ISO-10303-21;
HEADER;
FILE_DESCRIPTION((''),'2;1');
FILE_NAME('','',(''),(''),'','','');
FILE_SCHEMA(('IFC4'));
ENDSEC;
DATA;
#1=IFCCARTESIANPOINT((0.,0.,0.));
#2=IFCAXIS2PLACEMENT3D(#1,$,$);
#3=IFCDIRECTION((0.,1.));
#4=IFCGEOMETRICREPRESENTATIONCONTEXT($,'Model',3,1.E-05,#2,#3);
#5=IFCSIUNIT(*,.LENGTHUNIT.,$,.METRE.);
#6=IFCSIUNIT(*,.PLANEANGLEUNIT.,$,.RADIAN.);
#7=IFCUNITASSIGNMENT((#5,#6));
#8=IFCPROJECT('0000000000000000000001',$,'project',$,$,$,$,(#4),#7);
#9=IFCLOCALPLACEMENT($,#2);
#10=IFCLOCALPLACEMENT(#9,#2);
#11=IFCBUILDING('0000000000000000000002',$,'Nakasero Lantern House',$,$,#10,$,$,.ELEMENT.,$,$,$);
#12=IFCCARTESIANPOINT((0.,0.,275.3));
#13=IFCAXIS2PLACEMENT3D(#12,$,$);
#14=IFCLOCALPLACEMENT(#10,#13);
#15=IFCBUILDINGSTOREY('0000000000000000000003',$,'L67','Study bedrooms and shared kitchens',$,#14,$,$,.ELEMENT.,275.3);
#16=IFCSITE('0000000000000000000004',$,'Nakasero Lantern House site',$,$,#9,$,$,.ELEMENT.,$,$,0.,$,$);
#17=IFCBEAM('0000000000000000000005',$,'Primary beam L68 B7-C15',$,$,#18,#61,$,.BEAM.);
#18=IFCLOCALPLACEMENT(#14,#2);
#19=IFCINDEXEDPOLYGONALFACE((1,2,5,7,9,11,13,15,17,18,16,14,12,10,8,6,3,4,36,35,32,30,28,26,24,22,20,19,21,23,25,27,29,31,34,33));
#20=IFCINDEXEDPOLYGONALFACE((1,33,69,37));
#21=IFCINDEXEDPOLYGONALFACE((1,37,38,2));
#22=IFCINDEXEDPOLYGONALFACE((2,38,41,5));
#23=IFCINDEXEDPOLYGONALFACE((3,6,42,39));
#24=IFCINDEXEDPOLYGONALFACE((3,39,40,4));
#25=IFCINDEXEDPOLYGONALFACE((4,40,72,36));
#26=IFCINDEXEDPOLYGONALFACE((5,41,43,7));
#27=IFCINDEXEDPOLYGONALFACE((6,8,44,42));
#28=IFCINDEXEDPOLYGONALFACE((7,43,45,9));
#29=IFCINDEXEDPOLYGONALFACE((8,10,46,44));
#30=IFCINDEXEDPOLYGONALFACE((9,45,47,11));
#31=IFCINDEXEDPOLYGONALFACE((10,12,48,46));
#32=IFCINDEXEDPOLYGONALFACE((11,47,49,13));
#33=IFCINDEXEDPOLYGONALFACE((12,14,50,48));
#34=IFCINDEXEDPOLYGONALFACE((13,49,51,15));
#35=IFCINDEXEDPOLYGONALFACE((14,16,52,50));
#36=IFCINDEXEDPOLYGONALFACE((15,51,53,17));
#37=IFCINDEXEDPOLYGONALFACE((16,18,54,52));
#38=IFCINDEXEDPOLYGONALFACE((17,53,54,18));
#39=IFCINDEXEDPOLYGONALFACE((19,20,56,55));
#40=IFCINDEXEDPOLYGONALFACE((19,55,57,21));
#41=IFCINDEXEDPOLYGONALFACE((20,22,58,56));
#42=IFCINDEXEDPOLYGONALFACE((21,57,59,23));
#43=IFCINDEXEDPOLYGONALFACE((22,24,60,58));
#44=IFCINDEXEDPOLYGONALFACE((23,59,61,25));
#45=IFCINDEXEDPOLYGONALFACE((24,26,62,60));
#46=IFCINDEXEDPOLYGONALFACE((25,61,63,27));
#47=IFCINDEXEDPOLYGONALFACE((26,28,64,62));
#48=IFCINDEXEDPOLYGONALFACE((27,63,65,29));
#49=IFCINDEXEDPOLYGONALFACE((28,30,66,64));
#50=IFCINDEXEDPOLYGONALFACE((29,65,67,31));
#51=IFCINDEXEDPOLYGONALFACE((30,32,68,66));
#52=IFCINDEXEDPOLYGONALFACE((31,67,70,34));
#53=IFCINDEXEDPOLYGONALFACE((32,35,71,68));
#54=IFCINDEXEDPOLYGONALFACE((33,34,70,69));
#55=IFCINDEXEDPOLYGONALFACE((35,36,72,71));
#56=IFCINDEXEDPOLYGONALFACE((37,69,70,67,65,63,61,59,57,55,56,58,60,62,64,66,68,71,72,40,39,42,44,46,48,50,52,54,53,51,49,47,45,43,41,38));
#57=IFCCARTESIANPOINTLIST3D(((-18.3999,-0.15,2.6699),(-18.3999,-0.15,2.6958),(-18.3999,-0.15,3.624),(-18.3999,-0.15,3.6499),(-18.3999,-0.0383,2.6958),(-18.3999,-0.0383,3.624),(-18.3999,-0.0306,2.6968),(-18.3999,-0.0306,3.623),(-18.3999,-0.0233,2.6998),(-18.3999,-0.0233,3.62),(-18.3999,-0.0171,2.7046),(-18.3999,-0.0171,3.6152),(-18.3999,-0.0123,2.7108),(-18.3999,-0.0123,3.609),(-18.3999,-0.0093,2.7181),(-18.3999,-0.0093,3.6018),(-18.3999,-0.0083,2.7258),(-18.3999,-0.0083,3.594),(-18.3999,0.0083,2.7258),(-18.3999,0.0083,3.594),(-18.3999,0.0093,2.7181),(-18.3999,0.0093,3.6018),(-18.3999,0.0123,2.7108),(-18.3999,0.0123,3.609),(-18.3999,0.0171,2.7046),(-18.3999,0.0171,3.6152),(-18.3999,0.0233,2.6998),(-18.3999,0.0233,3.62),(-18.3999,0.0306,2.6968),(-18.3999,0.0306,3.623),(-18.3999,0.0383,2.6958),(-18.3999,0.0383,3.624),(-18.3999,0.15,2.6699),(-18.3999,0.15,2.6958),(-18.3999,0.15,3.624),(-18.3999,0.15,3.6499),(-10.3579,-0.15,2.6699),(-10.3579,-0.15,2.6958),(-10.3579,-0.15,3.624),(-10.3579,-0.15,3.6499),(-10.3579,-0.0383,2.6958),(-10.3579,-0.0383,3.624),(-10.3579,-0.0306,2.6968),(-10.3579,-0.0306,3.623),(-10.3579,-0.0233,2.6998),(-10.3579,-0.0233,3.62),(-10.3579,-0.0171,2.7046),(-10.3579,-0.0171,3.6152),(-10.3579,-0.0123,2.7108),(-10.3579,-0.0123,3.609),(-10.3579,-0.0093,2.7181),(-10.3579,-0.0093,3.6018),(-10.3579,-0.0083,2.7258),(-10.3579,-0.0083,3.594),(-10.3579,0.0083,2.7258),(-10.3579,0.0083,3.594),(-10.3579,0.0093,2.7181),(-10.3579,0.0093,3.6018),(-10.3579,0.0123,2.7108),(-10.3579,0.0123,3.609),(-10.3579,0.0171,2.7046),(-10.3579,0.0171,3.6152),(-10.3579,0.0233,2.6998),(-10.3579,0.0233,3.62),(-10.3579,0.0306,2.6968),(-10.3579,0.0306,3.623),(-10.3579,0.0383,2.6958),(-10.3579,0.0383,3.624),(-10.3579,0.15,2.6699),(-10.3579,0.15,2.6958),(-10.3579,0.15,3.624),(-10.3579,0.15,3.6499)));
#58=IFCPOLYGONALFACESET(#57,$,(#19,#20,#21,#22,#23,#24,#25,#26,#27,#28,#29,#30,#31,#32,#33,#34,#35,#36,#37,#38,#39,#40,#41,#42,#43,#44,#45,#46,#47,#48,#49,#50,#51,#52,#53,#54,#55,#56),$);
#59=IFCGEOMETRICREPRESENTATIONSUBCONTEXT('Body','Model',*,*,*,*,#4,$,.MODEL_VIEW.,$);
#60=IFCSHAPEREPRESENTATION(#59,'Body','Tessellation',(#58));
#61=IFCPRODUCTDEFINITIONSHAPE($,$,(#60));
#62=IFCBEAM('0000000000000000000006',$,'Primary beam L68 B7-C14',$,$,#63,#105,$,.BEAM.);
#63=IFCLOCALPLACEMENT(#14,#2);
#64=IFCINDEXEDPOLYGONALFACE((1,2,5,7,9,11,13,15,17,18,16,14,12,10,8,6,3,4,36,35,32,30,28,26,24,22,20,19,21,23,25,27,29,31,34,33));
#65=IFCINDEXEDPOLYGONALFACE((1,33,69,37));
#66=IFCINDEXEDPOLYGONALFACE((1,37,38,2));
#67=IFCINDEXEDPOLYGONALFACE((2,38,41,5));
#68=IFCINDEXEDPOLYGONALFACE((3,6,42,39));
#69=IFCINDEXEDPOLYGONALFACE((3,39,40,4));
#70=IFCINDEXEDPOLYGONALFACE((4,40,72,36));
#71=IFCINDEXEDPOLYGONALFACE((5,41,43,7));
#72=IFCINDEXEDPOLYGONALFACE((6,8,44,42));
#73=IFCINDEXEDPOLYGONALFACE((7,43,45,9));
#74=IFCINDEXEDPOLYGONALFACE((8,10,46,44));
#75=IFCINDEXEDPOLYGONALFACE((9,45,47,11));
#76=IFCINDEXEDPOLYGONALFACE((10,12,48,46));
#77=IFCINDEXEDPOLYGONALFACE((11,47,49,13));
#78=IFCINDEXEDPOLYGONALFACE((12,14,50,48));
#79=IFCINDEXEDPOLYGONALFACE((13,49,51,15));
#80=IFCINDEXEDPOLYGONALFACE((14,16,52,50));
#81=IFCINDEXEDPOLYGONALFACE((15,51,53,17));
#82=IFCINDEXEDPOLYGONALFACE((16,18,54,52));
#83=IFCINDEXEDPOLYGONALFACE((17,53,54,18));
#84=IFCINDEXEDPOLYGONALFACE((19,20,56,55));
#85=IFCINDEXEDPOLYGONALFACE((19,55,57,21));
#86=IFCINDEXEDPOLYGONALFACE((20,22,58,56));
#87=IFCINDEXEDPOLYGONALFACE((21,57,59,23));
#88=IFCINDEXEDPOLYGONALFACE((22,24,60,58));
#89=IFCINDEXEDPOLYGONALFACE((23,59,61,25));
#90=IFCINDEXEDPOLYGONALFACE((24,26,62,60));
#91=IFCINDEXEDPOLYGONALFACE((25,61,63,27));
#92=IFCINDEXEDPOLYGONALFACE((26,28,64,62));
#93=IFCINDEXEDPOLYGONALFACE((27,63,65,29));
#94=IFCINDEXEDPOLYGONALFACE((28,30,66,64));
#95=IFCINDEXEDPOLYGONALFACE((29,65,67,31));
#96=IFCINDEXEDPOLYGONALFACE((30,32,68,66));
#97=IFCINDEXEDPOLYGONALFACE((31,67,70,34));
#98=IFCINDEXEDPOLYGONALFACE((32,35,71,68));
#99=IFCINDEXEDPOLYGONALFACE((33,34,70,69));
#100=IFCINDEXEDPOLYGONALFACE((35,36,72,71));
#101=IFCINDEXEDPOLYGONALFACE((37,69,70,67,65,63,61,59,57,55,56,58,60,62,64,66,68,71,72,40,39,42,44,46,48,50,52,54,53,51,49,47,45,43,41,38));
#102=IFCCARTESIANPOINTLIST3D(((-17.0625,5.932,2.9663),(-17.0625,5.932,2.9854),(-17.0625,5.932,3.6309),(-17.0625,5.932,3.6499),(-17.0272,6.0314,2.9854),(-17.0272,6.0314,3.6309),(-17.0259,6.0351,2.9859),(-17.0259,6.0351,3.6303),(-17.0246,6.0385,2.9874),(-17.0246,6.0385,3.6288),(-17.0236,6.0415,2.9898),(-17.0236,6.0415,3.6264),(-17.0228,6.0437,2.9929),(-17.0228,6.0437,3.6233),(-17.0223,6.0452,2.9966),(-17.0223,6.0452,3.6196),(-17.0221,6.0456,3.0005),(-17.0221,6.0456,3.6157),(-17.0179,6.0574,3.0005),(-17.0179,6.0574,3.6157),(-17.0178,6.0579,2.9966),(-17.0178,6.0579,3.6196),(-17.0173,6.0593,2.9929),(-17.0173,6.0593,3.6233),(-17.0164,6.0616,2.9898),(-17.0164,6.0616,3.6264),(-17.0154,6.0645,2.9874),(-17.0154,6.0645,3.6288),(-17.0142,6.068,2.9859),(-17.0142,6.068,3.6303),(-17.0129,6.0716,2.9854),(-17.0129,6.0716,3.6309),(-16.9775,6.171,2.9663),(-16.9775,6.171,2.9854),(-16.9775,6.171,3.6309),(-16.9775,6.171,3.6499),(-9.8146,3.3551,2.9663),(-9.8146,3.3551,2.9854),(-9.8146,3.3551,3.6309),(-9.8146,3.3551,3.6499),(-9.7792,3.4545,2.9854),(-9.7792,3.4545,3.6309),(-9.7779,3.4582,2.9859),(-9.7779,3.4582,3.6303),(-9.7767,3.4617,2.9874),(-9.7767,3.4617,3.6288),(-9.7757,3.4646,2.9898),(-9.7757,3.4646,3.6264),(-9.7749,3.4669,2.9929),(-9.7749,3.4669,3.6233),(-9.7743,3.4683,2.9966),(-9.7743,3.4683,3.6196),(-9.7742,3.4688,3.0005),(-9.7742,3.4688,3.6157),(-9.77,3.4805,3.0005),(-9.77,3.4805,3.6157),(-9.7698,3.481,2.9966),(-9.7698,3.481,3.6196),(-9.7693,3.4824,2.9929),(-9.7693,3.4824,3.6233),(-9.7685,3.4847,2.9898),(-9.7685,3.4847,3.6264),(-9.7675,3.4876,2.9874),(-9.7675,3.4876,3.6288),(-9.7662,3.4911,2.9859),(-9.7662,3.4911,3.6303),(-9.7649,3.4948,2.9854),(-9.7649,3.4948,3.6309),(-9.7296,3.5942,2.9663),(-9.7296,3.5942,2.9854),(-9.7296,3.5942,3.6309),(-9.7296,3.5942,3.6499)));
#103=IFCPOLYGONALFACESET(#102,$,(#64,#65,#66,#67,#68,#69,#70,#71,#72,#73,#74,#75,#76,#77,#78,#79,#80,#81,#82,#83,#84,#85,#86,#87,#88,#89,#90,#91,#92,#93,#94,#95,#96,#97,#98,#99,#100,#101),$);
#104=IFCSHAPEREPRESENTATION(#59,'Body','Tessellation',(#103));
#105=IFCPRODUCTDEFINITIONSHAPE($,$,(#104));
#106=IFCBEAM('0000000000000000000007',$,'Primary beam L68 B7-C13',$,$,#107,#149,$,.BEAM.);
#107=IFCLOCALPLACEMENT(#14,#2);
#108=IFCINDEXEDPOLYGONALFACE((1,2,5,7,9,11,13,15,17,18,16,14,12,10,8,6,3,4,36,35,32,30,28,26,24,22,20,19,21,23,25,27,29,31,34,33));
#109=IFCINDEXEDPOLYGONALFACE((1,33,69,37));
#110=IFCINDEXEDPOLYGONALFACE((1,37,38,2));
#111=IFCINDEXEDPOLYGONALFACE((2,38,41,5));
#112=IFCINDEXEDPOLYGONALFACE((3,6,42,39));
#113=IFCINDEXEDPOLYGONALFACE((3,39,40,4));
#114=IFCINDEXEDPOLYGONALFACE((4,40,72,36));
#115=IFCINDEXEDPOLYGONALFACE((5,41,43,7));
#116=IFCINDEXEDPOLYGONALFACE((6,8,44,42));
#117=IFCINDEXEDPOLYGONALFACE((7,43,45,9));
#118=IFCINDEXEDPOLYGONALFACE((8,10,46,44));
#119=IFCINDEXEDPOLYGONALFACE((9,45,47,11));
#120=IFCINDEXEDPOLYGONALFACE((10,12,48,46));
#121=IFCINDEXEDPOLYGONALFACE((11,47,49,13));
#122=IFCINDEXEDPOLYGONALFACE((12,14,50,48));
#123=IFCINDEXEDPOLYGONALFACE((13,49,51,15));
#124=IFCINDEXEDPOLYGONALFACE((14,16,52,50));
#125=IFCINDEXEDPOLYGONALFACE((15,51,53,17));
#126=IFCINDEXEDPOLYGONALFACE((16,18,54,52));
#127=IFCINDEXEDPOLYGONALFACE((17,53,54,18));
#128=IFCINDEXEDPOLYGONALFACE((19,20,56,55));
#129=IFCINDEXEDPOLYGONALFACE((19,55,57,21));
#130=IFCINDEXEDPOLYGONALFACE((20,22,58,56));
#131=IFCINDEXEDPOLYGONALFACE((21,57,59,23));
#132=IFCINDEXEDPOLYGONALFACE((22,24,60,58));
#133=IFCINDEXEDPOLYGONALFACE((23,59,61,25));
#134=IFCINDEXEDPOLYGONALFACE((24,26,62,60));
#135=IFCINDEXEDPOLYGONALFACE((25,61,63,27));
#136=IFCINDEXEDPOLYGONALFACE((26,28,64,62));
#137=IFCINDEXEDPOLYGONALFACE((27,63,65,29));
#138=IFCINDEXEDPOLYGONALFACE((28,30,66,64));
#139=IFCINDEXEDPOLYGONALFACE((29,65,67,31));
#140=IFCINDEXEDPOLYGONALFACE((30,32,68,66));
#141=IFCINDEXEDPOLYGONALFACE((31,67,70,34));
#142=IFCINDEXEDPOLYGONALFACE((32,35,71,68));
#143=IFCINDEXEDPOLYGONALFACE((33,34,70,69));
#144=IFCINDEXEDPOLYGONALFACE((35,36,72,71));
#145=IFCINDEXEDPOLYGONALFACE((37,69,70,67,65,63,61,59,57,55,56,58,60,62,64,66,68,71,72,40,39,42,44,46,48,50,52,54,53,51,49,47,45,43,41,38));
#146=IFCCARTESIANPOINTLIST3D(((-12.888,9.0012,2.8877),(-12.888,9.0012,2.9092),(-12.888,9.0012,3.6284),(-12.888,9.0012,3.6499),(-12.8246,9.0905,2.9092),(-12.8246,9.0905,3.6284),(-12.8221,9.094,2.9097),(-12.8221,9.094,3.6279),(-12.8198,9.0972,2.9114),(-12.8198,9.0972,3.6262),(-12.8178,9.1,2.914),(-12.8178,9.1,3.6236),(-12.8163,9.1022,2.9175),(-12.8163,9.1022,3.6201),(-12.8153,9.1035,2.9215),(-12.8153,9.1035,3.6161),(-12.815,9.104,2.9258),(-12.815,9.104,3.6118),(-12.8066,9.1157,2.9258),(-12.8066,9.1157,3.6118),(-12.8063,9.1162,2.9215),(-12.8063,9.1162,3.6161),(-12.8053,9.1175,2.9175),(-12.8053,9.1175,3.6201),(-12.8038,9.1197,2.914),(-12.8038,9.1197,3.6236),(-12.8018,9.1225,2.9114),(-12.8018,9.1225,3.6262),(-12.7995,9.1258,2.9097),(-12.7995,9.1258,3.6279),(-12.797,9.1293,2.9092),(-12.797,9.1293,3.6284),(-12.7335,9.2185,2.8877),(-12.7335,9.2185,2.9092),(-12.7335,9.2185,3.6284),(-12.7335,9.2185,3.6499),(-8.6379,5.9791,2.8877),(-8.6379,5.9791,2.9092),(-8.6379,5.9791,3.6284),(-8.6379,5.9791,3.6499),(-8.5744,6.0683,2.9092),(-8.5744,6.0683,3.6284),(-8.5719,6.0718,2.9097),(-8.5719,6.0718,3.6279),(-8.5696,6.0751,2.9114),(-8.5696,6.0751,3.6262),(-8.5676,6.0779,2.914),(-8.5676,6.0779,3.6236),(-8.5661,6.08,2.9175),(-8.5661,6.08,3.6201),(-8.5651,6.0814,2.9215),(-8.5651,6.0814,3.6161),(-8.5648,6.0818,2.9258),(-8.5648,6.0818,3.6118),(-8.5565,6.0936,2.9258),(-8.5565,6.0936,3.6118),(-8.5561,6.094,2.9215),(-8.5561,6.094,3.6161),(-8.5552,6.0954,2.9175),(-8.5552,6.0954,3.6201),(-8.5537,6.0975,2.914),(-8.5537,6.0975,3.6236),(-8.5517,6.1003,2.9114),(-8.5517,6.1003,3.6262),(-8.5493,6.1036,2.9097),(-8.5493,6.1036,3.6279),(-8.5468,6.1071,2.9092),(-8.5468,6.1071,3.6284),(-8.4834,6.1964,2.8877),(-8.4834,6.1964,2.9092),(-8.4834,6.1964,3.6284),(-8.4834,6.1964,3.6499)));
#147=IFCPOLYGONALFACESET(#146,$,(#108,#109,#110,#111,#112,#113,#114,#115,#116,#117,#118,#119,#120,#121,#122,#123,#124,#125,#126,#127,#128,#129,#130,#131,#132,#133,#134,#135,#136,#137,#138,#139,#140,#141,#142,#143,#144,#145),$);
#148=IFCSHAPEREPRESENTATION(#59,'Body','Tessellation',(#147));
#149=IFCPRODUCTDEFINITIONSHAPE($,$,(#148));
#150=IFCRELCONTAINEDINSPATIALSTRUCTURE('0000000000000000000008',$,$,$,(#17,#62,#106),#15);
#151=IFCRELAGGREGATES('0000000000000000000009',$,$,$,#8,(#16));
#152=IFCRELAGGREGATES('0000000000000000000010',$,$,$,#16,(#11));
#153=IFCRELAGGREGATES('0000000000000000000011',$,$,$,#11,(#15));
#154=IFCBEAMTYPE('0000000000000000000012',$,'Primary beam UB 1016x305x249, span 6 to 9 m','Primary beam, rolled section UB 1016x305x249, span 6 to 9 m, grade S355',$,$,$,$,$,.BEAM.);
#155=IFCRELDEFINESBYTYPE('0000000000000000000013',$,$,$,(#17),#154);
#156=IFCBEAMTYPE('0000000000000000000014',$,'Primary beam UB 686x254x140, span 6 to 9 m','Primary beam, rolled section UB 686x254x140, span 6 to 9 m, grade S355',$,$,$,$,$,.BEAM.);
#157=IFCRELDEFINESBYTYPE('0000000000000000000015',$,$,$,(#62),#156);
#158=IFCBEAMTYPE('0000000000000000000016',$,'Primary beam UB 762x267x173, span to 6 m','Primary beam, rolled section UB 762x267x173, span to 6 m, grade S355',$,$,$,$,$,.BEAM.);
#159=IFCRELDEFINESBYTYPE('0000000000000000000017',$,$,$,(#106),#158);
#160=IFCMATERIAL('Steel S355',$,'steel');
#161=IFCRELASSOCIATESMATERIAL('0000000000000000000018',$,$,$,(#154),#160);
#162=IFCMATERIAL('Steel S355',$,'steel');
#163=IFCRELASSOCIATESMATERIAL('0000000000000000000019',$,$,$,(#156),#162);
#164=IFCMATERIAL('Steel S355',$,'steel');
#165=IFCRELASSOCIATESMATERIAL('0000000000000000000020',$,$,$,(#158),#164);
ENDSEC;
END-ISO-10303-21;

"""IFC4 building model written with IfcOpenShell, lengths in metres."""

from ifc_helpers import new_model, si_unit, direction, frame, origin, origin_2d, place, context, subcontext, project, spatial, i_section, extrude, material, material_profile, profile_set, type_object, element, save


model = new_model("IFC4")

# Units and contexts
model_context = context("Model", 3, precision=1e-05, world=origin(), true_north=direction((0.0, 1.0)))
body_context = subcontext(model_context, "Body", "Model", "MODEL_VIEW")
ifc_project = project(units=[si_unit("LENGTHUNIT", "METRE"), si_unit("PLANEANGLEUNIT", "RADIAN")], contexts=[model_context])

# Site, building, storey
site_placement = place(None, origin())
site = spatial("IfcSite", under=ifc_project, at=site_placement, Name="Nakasero Lantern House site", CompositionType="ELEMENT", RefElevation=0.0)
building_placement = place(site_placement, origin())
building = spatial("IfcBuilding", under=site, at=building_placement, Name="Nakasero Lantern House", CompositionType="ELEMENT")
storey_placement = place(building_placement, frame((0.0, 0.0, 275.3)))
storey = spatial("IfcBuildingStorey", under=building, at=storey_placement, Name="L67", Description="Study bedrooms and shared kitchens", CompositionType="ELEMENT", Elevation=275.3)

# Beams
ifc_material_1 = material(Name="Steel S355", Category="steel")
ifc_material_profile_1 = material_profile(ifc_material_1, i_section(OverallWidth=0.3, OverallDepth=0.98, WebThickness=0.0166, FlangeThickness=0.0259, FilletRadius=0.03, at=origin_2d()), Name="UB 1016x305x249")
ifc_profile_set_1 = profile_set([ifc_material_profile_1], Name="Steel S355")
beam_type_1 = type_object("IfcBeamType", Name="Primary beam UB 1016x305x249, span 6 to 9 m", Description="Primary beam, rolled section UB 1016x305x249, span 6 to 9 m, grade S355", PredefinedType="BEAM", material=ifc_profile_set_1)
beam_1_placement = place(storey_placement, frame((-18.3999, 0.0, 3.1599), z_axis=(1.0, 0.0, 0.0), x_axis=(0.0, 1.0, 0.0)))
element("IfcBeam", 1, at=beam_1_placement, inside=storey, type_object=beam_type_1, Name="Primary beam L68 B7-C15", PredefinedType="BEAM", context=body_context, shape_type="SweptSolid", body=[
    extrude(i_section(OverallWidth=0.3, OverallDepth=0.98, WebThickness=0.0166, FlangeThickness=0.0259, FilletRadius=0.03, at=origin_2d()), origin(), (0.0, 0.0, 1.0), 8.042),
])
ifc_material_2 = material(Name="Steel S355", Category="steel")
ifc_material_profile_2 = material_profile(ifc_material_2, i_section(OverallWidth=0.2537, OverallDepth=0.6836, WebThickness=0.0125, FlangeThickness=0.019, FilletRadius=0.0151, at=origin_2d()), Name="UB 686x254x140")
ifc_profile_set_2 = profile_set([ifc_material_profile_2], Name="Steel S355")
beam_type_2 = type_object("IfcBeamType", Name="Primary beam UB 686x254x140, span 6 to 9 m", Description="Primary beam, rolled section UB 686x254x140, span 6 to 9 m, grade S355", PredefinedType="BEAM", material=ifc_profile_set_2)
beam_2_placement = place(storey_placement, frame((-17.02, 6.0515, 3.3081), z_axis=(0.942222, -0.334989, 0.0), x_axis=(0.334989, 0.942222, 0.0)))
element("IfcBeam", 2, at=beam_2_placement, inside=storey, type_object=beam_type_2, Name="Primary beam L68 B7-C14", PredefinedType="BEAM", context=body_context, shape_type="SweptSolid", body=[
    extrude(i_section(OverallWidth=0.2537, OverallDepth=0.6836, WebThickness=0.0125, FlangeThickness=0.019, FilletRadius=0.0151, at=origin_2d()), origin(), (0.0, 0.0, 1.0), 7.6924),
])
ifc_material_3 = material(Name="Steel S355", Category="steel")
ifc_material_profile_3 = material_profile(ifc_material_3, i_section(OverallWidth=0.2666, OverallDepth=0.7622, WebThickness=0.0144, FlangeThickness=0.0215, FilletRadius=0.0166, at=origin_2d()), Name="UB 762x267x173")
ifc_profile_set_3 = profile_set([ifc_material_profile_3], Name="Steel S355")
beam_type_3 = type_object("IfcBeamType", Name="Primary beam UB 762x267x173, span to 6 m", Description="Primary beam, rolled section UB 762x267x173, span to 6 m, grade S355", PredefinedType="BEAM", material=ifc_profile_set_3)
beam_3_placement = place(storey_placement, frame((-12.8108, 9.1099, 3.2688), z_axis=(0.814972, -0.579501, 0.0), x_axis=(0.579501, 0.814972, 0.0)))
element("IfcBeam", 3, at=beam_3_placement, inside=storey, type_object=beam_type_3, Name="Primary beam L68 B7-C13", PredefinedType="BEAM", context=body_context, shape_type="SweptSolid", body=[
    extrude(i_section(OverallWidth=0.2666, OverallDepth=0.7622, WebThickness=0.0144, FlangeThickness=0.0215, FilletRadius=0.0166, at=origin_2d()), origin(), (0.0, 0.0, 1.0), 5.2151),
])

save(model, "model.ifc")
